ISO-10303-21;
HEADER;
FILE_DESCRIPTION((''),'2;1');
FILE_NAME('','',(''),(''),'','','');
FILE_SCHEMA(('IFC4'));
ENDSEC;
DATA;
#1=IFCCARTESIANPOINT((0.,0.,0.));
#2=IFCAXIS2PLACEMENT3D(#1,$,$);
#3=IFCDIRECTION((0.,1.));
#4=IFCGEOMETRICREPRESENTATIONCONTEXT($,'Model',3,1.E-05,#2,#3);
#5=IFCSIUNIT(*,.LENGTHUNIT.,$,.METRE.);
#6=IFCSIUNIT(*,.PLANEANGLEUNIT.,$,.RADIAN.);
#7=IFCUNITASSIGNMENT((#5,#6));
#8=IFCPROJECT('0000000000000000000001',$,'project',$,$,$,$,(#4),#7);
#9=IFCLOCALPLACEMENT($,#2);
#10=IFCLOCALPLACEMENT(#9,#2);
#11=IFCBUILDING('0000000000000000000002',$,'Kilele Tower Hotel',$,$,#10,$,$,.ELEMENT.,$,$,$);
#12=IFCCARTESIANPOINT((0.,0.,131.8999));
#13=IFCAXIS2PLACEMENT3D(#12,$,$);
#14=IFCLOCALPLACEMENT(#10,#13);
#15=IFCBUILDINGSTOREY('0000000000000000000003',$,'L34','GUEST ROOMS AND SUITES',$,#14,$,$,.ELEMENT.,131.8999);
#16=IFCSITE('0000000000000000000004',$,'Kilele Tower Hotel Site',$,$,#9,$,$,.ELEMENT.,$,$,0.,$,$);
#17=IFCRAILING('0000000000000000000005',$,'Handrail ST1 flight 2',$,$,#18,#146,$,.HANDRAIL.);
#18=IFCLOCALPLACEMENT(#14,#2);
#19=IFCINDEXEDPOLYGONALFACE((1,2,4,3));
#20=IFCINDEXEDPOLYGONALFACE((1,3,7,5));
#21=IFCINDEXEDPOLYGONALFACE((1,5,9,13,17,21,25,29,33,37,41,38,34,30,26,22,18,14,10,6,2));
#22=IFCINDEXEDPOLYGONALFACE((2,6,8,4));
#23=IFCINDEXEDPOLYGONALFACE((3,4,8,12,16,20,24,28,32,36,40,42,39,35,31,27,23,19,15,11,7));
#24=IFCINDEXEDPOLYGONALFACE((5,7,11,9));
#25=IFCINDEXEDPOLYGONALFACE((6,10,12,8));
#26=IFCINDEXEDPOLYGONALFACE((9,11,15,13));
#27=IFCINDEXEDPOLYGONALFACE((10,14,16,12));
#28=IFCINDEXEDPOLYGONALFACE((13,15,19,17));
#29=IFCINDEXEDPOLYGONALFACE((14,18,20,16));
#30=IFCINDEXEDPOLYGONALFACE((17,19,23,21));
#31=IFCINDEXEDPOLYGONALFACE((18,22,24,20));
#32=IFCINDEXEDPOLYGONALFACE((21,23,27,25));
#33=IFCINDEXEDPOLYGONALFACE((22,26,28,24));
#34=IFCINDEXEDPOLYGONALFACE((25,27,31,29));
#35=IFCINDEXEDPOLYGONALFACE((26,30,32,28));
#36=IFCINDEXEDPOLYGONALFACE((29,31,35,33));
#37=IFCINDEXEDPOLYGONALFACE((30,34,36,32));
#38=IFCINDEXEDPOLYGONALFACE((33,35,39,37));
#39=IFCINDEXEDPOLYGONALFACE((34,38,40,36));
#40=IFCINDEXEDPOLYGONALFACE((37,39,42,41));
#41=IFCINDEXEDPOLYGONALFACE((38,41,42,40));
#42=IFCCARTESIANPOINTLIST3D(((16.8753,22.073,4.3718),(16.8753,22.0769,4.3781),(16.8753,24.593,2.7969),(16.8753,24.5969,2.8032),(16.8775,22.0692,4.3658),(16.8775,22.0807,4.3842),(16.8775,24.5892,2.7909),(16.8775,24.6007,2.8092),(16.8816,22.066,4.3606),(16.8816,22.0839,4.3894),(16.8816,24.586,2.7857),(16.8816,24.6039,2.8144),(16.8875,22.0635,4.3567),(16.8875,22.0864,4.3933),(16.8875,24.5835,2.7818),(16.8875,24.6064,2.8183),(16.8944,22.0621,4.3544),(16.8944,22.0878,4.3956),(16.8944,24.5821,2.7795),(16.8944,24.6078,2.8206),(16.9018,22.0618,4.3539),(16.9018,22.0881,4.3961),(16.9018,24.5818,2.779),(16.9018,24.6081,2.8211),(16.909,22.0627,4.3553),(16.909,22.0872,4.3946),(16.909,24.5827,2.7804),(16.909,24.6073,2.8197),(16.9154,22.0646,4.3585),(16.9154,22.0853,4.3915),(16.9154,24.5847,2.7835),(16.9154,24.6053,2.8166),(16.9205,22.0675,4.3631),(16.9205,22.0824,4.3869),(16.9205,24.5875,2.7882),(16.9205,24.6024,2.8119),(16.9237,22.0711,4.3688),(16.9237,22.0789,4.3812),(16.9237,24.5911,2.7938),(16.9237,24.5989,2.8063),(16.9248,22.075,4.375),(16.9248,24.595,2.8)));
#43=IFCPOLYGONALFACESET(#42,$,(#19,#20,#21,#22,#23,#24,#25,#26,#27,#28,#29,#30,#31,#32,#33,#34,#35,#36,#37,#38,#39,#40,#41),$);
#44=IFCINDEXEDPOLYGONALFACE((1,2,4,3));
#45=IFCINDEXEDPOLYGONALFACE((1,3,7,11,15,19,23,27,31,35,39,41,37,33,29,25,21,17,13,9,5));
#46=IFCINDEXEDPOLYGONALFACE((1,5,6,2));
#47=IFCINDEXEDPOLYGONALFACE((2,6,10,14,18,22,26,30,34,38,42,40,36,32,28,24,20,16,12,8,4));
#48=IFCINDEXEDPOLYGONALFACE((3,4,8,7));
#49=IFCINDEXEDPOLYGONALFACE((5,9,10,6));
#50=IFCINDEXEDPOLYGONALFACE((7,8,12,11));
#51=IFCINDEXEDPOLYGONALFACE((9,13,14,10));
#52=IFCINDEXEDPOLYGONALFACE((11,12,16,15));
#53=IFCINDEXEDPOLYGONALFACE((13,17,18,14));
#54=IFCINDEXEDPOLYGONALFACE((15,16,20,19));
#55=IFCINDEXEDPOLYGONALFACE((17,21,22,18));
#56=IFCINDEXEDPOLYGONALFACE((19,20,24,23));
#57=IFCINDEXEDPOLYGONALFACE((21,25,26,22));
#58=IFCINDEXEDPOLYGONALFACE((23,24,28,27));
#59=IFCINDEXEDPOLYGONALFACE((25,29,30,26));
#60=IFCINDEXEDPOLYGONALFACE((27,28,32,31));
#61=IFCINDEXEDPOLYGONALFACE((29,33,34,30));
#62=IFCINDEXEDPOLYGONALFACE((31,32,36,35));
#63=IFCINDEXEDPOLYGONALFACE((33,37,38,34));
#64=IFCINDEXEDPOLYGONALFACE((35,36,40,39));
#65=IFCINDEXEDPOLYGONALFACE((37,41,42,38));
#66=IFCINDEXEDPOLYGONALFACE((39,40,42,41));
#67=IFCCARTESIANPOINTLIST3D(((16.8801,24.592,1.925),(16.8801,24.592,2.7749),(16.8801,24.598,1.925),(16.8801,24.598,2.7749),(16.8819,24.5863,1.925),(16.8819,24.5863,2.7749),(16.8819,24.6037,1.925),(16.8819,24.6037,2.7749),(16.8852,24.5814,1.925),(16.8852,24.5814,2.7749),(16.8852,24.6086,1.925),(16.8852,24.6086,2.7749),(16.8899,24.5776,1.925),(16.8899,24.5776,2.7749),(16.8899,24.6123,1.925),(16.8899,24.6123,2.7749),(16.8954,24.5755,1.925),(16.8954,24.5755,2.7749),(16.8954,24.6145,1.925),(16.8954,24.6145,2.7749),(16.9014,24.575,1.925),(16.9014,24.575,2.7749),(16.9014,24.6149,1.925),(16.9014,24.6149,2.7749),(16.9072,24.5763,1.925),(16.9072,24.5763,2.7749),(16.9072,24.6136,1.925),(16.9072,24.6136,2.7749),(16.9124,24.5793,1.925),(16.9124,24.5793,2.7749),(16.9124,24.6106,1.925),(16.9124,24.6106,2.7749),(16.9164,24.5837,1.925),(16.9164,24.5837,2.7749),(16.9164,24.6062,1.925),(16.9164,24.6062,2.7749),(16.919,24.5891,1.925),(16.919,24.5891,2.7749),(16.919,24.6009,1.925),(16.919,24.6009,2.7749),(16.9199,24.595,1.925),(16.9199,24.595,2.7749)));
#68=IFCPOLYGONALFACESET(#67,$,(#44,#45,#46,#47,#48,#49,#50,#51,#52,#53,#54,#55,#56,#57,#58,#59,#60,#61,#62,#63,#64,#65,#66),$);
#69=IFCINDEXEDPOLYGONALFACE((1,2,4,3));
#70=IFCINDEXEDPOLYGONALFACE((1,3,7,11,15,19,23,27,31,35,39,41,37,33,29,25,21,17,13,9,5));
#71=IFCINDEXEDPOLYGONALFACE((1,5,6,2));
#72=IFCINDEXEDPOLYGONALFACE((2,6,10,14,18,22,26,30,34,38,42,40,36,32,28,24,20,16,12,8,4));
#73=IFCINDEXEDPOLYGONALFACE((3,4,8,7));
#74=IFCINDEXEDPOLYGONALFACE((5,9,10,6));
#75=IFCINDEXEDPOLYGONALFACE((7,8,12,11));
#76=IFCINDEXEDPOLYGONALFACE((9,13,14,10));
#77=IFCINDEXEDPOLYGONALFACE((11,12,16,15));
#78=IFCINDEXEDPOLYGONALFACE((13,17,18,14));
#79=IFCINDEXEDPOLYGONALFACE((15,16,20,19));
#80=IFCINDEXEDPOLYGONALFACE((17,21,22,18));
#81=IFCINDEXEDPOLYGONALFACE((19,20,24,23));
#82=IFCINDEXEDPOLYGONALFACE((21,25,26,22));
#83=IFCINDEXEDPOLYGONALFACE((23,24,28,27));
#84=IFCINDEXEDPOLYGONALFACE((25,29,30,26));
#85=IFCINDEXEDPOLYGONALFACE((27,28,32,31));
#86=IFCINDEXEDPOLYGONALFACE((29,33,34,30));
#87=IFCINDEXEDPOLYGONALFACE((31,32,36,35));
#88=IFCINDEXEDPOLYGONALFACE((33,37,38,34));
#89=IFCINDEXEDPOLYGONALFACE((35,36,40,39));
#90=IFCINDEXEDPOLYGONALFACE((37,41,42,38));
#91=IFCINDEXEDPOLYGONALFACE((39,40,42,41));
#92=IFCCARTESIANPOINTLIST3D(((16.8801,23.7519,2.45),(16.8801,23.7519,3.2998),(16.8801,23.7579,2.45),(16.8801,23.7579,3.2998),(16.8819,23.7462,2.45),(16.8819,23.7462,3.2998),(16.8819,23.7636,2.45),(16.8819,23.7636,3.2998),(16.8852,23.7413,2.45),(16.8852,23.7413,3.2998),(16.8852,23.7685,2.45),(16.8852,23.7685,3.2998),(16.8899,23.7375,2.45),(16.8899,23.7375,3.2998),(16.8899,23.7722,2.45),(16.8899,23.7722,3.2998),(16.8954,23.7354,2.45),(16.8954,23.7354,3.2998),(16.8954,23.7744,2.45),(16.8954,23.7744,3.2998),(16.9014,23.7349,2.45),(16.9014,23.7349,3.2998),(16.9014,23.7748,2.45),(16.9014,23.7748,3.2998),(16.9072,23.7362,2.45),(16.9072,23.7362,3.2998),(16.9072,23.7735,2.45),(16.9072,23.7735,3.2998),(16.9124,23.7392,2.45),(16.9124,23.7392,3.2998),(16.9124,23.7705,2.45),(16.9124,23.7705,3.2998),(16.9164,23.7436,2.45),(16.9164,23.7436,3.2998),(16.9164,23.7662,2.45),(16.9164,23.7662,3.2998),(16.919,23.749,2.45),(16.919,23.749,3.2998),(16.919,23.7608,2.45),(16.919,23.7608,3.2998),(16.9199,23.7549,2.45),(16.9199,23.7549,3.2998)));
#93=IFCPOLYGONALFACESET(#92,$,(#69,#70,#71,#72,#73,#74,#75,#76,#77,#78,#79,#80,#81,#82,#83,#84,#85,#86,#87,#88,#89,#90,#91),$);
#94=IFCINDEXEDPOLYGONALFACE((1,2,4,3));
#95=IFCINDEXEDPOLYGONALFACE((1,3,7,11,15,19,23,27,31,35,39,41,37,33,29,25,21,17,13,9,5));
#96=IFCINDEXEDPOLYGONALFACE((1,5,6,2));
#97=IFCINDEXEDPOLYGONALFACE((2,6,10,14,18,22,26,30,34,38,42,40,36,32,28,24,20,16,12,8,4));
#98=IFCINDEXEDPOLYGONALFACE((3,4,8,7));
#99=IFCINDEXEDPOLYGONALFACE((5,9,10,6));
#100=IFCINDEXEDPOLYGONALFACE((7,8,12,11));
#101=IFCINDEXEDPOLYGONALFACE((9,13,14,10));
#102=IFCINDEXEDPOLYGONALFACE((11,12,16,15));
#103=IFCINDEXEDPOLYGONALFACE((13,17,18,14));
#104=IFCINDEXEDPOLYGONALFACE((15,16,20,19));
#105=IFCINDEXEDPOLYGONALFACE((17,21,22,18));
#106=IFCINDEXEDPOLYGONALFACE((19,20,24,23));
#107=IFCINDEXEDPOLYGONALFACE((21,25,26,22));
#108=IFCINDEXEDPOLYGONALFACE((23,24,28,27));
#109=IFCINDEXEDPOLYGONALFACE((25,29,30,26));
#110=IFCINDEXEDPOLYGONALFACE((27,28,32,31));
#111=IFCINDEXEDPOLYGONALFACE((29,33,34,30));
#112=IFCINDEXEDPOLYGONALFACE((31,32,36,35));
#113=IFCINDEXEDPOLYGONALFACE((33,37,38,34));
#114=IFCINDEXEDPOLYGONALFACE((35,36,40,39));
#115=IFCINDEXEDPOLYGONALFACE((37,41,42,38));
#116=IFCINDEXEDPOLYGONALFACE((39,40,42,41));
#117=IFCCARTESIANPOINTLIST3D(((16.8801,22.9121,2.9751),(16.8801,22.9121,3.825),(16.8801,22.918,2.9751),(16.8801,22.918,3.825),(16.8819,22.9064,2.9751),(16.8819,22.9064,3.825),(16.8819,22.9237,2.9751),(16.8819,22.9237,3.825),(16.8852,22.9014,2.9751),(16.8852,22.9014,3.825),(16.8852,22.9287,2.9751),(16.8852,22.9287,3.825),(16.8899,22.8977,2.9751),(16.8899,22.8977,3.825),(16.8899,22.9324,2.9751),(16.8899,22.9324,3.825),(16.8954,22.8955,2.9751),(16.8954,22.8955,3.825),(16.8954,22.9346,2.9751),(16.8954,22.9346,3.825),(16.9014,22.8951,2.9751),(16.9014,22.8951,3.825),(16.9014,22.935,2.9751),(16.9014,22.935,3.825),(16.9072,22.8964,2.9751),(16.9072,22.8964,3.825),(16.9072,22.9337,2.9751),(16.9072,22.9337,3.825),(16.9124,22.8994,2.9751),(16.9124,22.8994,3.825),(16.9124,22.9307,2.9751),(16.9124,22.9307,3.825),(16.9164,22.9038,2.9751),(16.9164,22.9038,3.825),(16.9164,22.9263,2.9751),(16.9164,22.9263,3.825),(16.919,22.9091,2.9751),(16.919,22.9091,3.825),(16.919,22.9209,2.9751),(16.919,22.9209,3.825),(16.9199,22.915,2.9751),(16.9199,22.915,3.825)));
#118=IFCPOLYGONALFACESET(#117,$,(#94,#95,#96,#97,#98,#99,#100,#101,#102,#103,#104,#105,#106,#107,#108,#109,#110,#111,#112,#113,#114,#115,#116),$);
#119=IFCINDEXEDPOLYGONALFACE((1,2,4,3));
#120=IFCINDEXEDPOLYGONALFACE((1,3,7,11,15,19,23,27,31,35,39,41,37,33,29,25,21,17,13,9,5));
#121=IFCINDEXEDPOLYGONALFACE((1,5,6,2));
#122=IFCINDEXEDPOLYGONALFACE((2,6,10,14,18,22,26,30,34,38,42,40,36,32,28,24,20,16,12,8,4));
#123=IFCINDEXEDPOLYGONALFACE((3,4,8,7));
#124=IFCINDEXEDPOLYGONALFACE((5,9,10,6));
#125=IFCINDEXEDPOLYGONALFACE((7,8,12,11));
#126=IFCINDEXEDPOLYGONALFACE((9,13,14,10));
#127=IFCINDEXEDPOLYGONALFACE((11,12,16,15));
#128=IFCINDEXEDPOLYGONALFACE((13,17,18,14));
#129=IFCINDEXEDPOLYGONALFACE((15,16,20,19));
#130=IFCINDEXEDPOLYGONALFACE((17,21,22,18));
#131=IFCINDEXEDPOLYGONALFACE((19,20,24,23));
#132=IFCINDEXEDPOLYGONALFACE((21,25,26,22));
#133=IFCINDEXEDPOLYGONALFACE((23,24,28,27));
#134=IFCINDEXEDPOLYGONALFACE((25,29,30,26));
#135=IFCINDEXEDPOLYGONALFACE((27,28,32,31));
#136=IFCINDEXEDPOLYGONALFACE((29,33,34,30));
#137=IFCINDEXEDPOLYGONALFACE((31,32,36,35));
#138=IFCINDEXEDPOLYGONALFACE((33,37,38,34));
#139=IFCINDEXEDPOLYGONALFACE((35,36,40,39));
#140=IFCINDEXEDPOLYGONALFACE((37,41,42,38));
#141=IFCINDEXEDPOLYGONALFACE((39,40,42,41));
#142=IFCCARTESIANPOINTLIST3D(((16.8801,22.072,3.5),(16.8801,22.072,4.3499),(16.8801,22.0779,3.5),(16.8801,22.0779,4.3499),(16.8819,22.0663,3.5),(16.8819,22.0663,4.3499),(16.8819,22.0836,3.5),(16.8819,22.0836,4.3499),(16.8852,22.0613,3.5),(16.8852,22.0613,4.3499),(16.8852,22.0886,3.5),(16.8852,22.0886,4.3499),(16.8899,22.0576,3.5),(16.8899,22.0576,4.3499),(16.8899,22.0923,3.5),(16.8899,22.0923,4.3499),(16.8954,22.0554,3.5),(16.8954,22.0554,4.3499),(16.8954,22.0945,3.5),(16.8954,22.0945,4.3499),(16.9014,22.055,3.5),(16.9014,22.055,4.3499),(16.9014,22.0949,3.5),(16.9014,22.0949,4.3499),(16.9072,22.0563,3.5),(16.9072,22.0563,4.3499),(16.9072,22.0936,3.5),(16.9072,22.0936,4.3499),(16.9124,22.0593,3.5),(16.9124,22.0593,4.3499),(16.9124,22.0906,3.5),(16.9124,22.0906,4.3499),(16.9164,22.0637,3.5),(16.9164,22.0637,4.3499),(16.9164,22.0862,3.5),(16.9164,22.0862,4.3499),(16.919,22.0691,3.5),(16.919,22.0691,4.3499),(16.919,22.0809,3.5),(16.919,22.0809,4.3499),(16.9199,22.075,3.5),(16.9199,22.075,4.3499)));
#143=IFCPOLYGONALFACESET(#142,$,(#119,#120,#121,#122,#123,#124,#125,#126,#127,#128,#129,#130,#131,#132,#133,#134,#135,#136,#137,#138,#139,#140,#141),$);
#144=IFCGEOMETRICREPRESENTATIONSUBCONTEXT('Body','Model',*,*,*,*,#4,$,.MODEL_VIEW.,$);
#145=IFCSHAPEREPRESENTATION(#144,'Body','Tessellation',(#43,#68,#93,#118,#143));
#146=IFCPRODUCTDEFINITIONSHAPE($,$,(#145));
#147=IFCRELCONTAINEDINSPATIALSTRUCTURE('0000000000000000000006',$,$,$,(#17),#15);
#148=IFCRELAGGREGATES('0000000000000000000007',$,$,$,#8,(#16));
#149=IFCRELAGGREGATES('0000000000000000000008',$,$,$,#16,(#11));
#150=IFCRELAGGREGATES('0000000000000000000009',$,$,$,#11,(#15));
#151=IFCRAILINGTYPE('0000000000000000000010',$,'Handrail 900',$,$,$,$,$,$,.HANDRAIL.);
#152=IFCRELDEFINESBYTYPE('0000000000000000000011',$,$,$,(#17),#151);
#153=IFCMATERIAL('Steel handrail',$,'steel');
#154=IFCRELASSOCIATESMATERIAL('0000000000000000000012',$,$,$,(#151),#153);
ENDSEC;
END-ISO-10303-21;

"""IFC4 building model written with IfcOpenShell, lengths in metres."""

from ifc_helpers import new_model, si_unit, direction, frame, origin, origin_2d, place, context, subcontext, project, spatial, circle, extrude, material, type_object, element, save


model = new_model("IFC4")

# Units and contexts
model_context = context("Model", 3, precision=1e-05, world=origin(), true_north=direction((0.0, 1.0)))
body_context = subcontext(model_context, "Body", "Model", "MODEL_VIEW")
ifc_project = project(units=[si_unit("LENGTHUNIT", "METRE"), si_unit("PLANEANGLEUNIT", "RADIAN")], contexts=[model_context])

# Site, building, storey
site_placement = place(None, origin())
site = spatial("IfcSite", under=ifc_project, at=site_placement, Name="Kilele Tower Hotel Site", CompositionType="ELEMENT", RefElevation=0.0)
building_placement = place(site_placement, origin())
building = spatial("IfcBuilding", under=site, at=building_placement, Name="Kilele Tower Hotel", CompositionType="ELEMENT")
storey_placement = place(building_placement, frame((0.0, 0.0, 131.8999)))
storey = spatial("IfcBuildingStorey", under=building, at=storey_placement, Name="L34", Description="GUEST ROOMS AND SUITES", CompositionType="ELEMENT", Elevation=131.8999)

# Railing
ifc_material_1 = material(Name="Steel handrail", Category="steel")
railing_type_1 = type_object("IfcRailingType", Name="Handrail 900", PredefinedType="HANDRAIL", material=ifc_material_1)
for number, where, name in (
    (1, (16.8999, 24.595, 1.925), "Handrail ST1 flight 2"),
):
    element("IfcRailing", number, at=place(storey_placement, frame(where)), inside=storey, type_object=railing_type_1, Name=name, PredefinedType="HANDRAIL", context=body_context, shape_type="SweptSolid", body=[
        extrude(circle(Radius=0.0249, at=origin_2d()), frame((0.0, 0.0, 0.875), z_axis=(0.0, -0.848008, 0.529984), x_axis=(1.0, 0.0, 0.0)), (0.0, 0.0, 1.0), 2.9717),
        extrude(circle(Radius=0.02, at=origin_2d()), origin(), (0.0, 0.0, 1.0), 0.8499),
        extrude(circle(Radius=0.02, at=origin_2d()), frame((0.0, -0.8401, 0.5249)), (0.0, 0.0, 1.0), 0.8499),
        extrude(circle(Radius=0.02, at=origin_2d()), frame((0.0, -1.6799, 1.05)), (0.0, 0.0, 1.0), 0.8499),
        extrude(circle(Radius=0.02, at=origin_2d()), frame((0.0, -2.52, 1.575)), (0.0, 0.0, 1.0), 0.8499),
    ])

save(model, "model.ifc")
